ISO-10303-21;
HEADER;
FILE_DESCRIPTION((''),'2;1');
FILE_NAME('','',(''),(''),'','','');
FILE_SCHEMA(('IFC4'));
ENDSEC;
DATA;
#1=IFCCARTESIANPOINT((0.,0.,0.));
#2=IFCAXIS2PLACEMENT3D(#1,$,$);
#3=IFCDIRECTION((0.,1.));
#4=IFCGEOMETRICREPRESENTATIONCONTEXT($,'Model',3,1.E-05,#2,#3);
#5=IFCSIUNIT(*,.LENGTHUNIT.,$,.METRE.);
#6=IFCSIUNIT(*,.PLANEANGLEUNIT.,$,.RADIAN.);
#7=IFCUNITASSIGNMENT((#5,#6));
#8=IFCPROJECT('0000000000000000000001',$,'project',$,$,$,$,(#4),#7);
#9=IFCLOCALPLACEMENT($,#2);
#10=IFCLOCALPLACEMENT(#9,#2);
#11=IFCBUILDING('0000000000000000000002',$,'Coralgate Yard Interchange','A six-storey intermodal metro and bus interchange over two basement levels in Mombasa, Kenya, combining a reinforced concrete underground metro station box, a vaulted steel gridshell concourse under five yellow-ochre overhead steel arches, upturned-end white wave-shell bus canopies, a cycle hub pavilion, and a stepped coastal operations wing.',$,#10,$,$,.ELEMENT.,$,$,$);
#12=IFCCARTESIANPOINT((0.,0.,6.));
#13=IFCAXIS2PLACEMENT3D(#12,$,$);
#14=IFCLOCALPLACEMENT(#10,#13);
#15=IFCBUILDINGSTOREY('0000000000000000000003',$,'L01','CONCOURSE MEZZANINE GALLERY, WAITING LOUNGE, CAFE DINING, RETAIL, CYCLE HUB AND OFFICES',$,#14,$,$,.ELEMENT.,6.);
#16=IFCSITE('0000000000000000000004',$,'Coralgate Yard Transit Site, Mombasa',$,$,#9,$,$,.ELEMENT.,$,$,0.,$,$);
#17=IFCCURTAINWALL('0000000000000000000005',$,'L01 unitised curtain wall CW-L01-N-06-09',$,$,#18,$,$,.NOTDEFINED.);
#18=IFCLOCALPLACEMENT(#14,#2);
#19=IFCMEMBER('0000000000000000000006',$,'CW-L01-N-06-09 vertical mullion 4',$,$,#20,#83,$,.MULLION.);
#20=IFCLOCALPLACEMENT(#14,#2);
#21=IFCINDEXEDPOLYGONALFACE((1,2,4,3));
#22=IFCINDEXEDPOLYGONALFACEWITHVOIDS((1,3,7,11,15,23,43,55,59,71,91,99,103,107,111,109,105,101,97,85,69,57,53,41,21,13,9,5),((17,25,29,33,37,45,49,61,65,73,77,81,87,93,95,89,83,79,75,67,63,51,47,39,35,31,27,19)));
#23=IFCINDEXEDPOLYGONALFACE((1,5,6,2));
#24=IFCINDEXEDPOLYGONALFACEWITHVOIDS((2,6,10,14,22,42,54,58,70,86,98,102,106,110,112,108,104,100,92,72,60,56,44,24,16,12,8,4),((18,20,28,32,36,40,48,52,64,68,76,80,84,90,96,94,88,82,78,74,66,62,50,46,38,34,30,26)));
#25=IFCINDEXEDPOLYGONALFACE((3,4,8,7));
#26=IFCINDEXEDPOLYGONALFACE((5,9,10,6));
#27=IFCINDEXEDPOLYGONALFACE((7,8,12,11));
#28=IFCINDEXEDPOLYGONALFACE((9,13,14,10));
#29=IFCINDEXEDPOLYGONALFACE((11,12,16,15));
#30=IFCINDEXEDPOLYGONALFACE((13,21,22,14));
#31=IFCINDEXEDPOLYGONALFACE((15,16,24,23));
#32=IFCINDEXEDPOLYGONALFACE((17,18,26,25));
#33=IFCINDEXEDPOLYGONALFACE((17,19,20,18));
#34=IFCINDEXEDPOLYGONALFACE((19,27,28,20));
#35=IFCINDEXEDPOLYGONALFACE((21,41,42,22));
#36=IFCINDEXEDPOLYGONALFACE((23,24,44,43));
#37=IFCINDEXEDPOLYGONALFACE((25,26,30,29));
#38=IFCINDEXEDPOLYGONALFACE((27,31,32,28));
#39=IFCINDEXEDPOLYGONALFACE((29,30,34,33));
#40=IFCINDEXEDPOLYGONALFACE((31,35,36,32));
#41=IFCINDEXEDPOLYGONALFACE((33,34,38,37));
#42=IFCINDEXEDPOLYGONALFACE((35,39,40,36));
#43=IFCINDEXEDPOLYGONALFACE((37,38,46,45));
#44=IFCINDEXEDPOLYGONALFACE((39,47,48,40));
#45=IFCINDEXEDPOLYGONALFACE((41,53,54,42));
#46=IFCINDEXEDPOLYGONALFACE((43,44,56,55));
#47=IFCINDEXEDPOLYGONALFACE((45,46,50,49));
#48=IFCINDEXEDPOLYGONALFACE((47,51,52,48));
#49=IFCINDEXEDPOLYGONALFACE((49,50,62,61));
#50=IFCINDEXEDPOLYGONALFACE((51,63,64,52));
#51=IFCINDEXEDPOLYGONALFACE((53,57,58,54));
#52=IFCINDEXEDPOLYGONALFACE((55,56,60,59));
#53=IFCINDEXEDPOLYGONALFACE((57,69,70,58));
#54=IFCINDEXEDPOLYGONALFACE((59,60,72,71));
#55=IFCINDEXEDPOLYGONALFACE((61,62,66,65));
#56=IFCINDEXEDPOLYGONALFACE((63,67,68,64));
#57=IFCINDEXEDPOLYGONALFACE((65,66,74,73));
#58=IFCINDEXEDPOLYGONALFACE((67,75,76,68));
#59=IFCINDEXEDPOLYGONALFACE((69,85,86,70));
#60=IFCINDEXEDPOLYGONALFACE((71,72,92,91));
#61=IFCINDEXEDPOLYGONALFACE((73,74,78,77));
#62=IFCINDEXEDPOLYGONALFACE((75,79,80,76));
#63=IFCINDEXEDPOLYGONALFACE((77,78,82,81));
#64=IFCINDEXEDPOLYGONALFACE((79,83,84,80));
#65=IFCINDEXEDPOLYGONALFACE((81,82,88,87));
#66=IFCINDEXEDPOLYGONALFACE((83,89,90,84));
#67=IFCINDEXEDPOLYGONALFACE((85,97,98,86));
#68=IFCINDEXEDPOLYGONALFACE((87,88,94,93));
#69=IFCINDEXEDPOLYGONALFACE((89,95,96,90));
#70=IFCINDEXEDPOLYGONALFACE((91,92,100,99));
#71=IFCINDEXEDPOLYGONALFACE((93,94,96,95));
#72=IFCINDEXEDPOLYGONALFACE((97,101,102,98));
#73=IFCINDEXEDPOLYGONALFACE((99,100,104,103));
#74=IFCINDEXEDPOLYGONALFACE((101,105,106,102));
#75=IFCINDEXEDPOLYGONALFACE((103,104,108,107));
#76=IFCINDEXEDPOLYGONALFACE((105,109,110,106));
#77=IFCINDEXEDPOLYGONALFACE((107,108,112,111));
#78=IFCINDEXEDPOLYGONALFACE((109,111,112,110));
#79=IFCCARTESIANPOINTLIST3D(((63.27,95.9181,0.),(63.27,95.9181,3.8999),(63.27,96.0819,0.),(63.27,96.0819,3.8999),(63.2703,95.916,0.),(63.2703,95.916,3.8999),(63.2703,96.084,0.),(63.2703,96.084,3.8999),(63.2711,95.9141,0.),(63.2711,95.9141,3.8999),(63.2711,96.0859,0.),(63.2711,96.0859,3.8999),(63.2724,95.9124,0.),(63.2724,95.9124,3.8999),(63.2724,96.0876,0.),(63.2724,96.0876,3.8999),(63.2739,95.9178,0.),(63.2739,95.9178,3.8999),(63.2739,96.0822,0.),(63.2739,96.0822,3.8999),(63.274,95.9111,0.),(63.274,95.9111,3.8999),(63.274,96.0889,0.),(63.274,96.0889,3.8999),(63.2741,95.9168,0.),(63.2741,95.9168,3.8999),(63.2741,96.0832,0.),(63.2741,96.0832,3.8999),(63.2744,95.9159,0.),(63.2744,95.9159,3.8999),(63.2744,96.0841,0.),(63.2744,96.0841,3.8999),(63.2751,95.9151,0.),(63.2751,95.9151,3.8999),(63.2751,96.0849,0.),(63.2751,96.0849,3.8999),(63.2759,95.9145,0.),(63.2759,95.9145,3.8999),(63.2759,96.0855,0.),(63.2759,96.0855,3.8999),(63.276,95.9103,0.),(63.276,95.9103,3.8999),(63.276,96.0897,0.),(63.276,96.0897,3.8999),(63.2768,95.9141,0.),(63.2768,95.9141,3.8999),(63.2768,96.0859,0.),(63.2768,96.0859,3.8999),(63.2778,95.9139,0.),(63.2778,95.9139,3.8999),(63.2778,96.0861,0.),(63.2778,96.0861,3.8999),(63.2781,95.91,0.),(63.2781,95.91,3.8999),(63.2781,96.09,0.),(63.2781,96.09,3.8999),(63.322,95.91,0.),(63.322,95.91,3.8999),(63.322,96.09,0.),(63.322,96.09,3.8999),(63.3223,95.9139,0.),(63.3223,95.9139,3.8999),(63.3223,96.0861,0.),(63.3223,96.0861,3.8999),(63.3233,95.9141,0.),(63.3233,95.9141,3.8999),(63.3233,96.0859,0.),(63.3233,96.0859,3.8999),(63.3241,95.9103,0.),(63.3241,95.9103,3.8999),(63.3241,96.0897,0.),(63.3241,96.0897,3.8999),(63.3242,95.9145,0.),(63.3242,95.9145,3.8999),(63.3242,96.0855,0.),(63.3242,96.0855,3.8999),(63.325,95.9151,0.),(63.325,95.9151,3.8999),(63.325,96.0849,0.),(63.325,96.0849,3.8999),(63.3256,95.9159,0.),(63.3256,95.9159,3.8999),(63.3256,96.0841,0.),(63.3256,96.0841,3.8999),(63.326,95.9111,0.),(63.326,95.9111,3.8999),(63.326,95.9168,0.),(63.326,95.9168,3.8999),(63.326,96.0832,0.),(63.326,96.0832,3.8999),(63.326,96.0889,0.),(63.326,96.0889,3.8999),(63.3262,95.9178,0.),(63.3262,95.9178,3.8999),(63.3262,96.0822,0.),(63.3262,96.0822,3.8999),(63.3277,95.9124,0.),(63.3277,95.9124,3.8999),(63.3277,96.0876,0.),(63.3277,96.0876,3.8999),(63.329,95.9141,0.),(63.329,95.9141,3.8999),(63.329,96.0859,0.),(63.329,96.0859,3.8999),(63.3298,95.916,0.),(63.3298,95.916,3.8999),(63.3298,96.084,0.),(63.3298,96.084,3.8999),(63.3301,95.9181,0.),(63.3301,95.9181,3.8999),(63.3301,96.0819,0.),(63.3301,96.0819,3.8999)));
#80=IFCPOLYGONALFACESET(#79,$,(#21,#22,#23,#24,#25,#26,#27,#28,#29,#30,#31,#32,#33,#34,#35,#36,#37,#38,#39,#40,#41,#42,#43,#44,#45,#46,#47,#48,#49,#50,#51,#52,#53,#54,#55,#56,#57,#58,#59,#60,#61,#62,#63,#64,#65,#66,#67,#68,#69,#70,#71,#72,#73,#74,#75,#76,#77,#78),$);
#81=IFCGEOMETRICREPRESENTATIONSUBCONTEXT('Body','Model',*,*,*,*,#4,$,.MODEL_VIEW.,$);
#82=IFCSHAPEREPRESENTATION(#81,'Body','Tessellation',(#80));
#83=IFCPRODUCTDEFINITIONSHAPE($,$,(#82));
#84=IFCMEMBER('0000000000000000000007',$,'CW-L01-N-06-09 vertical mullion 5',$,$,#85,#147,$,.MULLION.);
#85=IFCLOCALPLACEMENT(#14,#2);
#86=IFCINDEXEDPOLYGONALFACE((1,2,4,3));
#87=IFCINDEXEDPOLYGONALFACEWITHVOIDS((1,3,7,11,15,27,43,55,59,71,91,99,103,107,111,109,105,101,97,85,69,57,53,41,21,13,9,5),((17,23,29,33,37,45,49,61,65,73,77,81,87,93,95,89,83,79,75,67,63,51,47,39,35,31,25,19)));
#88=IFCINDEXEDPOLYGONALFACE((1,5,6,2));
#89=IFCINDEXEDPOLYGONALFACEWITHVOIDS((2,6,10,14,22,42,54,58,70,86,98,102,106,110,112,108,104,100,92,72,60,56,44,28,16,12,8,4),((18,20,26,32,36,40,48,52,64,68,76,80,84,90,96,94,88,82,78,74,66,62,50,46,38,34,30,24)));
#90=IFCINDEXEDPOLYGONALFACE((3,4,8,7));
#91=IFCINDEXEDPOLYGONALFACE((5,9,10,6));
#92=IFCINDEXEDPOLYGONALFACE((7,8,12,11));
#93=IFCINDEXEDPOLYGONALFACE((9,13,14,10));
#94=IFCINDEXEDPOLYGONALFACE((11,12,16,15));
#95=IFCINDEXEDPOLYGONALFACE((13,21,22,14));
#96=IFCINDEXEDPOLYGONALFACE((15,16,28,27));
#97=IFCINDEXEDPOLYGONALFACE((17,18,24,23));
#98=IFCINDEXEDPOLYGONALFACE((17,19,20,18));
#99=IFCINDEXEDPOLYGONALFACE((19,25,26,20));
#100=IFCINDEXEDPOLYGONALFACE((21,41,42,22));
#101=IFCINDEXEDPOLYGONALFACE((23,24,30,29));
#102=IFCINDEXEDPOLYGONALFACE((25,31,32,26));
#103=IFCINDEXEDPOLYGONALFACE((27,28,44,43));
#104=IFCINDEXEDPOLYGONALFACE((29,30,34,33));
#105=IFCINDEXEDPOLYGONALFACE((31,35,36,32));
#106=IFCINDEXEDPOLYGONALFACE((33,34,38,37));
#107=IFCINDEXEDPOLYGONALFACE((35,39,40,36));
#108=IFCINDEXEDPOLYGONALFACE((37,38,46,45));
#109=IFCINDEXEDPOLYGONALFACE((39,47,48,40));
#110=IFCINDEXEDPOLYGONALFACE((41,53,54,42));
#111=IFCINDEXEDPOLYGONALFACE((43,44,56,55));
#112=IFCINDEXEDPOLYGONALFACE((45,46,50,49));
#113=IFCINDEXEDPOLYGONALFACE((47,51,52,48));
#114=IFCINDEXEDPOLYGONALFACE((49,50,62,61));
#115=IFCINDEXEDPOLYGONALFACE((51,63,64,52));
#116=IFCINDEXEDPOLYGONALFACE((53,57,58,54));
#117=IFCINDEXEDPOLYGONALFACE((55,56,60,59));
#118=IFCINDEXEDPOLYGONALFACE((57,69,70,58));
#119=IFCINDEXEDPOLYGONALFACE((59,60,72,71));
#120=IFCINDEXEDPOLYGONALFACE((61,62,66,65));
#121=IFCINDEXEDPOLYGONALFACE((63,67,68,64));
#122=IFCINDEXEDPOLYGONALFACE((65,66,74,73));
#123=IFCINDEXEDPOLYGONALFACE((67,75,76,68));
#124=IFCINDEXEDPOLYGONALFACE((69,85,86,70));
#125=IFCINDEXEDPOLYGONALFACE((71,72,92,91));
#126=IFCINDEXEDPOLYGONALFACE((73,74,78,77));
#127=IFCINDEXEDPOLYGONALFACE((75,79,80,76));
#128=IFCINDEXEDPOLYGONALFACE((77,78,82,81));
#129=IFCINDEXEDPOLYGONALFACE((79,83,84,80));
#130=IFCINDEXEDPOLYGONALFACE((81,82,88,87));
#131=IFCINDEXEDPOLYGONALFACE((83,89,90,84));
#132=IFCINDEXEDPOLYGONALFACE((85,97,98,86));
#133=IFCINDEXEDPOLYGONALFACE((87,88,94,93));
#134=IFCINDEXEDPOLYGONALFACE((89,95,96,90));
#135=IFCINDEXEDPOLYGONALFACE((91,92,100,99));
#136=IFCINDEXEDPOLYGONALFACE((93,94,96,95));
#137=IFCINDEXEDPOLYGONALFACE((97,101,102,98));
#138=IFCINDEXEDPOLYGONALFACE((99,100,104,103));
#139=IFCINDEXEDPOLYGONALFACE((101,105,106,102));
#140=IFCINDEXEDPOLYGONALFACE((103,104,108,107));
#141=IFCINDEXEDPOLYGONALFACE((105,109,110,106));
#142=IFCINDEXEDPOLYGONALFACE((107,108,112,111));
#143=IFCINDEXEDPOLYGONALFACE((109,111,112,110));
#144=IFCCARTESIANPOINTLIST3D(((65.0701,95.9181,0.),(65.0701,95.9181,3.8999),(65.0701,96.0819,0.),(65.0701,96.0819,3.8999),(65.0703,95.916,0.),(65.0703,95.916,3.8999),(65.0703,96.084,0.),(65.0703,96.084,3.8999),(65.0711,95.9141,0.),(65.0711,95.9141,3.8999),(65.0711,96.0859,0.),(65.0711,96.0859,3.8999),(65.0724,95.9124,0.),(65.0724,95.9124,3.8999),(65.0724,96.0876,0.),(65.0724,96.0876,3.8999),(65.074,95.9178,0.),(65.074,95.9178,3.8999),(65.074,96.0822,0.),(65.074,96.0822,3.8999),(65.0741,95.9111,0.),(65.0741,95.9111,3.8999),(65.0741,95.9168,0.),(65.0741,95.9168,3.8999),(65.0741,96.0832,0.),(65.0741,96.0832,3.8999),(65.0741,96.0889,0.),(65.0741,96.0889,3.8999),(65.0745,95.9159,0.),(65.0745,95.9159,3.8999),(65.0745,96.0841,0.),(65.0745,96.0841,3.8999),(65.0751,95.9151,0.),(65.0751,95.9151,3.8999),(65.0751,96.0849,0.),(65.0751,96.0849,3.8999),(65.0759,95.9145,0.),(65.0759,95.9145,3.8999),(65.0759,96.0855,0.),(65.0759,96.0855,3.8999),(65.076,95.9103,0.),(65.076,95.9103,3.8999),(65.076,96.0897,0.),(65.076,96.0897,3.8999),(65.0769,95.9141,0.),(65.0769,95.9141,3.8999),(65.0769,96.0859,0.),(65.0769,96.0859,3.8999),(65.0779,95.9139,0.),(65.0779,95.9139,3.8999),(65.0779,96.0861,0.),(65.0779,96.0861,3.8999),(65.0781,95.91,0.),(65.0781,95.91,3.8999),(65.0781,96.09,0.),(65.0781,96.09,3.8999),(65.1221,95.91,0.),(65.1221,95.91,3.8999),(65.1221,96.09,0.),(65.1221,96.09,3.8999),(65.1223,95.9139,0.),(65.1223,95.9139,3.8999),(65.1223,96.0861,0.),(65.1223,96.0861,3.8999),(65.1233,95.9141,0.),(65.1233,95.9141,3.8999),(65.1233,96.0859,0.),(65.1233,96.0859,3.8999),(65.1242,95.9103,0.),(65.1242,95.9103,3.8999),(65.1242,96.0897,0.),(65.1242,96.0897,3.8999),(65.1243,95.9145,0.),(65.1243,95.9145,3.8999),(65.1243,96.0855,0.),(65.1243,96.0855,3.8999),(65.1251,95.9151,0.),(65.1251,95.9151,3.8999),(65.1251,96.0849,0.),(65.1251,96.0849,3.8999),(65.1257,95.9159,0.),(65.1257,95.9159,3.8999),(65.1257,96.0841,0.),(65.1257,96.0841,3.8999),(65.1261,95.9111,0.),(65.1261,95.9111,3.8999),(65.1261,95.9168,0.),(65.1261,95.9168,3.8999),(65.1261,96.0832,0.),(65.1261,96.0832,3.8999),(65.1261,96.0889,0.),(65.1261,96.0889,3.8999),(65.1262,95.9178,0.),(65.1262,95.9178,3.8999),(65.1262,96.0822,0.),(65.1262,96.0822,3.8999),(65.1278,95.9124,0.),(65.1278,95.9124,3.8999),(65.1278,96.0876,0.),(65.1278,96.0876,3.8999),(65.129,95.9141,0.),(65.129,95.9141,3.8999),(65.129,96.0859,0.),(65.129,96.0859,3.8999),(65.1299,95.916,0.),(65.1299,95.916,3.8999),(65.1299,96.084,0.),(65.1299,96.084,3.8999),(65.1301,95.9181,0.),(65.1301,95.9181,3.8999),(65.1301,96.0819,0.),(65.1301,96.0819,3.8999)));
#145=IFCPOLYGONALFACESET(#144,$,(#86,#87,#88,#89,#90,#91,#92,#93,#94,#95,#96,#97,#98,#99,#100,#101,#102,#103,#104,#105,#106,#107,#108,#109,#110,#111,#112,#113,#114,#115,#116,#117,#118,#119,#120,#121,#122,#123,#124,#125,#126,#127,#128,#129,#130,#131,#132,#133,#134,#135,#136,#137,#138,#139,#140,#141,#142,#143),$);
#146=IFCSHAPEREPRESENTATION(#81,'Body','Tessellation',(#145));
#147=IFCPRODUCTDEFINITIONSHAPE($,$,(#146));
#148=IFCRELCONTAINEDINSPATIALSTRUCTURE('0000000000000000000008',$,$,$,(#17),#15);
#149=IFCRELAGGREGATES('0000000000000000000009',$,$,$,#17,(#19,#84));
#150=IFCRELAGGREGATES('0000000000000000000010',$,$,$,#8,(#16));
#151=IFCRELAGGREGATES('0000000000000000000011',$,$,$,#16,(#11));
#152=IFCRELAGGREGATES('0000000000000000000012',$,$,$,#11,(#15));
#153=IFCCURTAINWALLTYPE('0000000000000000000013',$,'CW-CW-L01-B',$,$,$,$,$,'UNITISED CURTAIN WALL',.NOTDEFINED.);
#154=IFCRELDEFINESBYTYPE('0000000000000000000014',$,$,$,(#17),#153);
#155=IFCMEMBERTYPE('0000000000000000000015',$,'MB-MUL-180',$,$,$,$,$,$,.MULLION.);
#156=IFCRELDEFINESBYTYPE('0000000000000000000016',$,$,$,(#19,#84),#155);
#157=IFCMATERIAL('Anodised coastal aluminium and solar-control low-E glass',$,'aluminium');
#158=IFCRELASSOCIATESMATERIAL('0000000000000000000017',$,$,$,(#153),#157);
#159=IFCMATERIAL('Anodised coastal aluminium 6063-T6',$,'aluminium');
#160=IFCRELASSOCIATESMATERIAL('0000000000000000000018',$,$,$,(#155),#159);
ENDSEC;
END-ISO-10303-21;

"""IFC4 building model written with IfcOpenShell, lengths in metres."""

from ifc_helpers import new_model, si_unit, direction, frame, origin, origin_2d, place, context, subcontext, project, spatial, hollow_rectangle, extrude, material, material_profile, profile_set, type_object, element, aggregate, save


model = new_model("IFC4")

# Units and contexts
model_context = context("Model", 3, precision=1e-05, world=origin(), true_north=direction((0.0, 1.0)))
body_context = subcontext(model_context, "Body", "Model", "MODEL_VIEW")
ifc_project = project(units=[si_unit("LENGTHUNIT", "METRE"), si_unit("PLANEANGLEUNIT", "RADIAN")], contexts=[model_context])

# Site, building, storey
site_placement = place(None, origin())
site = spatial("IfcSite", under=ifc_project, at=site_placement, Name="Coralgate Yard Transit Site, Mombasa", CompositionType="ELEMENT", RefElevation=0.0)
building_placement = place(site_placement, origin())
building = spatial("IfcBuilding", under=site, at=building_placement, Name="Coralgate Yard Interchange", Description="A six-storey intermodal metro and bus interchange over two basement levels in Mombasa, Kenya, combining a reinforced concrete underground metro station box, a vaulted steel gridshell concourse under five yellow-ochre overhead steel arches, upturned-end white wave-shell bus canopies, a cycle hub pavilion, and a stepped coastal operations wing.", CompositionType="ELEMENT")
storey_placement = place(building_placement, frame((0.0, 0.0, 6.0)))
storey = spatial("IfcBuildingStorey", under=building, at=storey_placement, Name="L01", Description="CONCOURSE MEZZANINE GALLERY, WAITING LOUNGE, CAFE DINING, RETAIL, CYCLE HUB AND OFFICES", CompositionType="ELEMENT", Elevation=6.0)

# Curtain wall, members
ifc_material_1 = material(Name="Anodised coastal aluminium and solar-control low-E glass", Category="aluminium")
curtain_wall_type = type_object("IfcCurtainWallType", Name="CW-CW-L01-B", ElementType="UNITISED CURTAIN WALL", PredefinedType="NOTDEFINED", material=ifc_material_1)
curtain_wall_1_placement = place(storey_placement, origin())
curtain_wall_1 = element("IfcCurtainWall", 1, at=curtain_wall_1_placement, inside=storey, type_object=curtain_wall_type, Name="L01 unitised curtain wall CW-L01-N-06-09", PredefinedType="NOTDEFINED")
ifc_material_2 = material(Name="Anodised coastal aluminium 6063-T6", Category="aluminium")
ifc_material_profile_1 = material_profile(ifc_material_2, hollow_rectangle(XDim=0.0601, YDim=0.1799, WallThickness=0.0039, InnerFilletRadius=0.0039, OuterFilletRadius=0.0081, at=origin_2d()), Name="ALU 60x180x4")
ifc_profile_set_1 = profile_set([ifc_material_profile_1], Name="Anodised coastal aluminium 6063-T6")
member_type_1 = type_object("IfcMemberType", Name="MB-MUL-180", PredefinedType="MULLION", material=ifc_profile_set_1)
member_1_placement = place(storey_placement, frame((63.3, 96.0, 0.0), z_axis=(0.0, 0.0, 1.0), x_axis=(1.0, 0.0, 0.0)))
member_1 = element("IfcMember", 2, at=member_1_placement, type_object=member_type_1, Name="CW-L01-N-06-09 vertical mullion 4", PredefinedType="MULLION", context=body_context, shape_type="SweptSolid", body=[
    extrude(hollow_rectangle(XDim=0.0601, YDim=0.1799, WallThickness=0.0039, InnerFilletRadius=0.0039, OuterFilletRadius=0.0081, at=origin_2d()), origin(), (0.0, 0.0, 1.0), 3.8999),
])
member_2_placement = place(storey_placement, frame((65.1001, 96.0, 0.0), z_axis=(0.0, 0.0, 1.0), x_axis=(1.0, 0.0, 0.0)))
member_2 = element("IfcMember", 3, at=member_2_placement, type_object=member_type_1, Name="CW-L01-N-06-09 vertical mullion 5", PredefinedType="MULLION", context=body_context, shape_type="SweptSolid", body=[
    extrude(hollow_rectangle(XDim=0.0601, YDim=0.1799, WallThickness=0.0039, InnerFilletRadius=0.0039, OuterFilletRadius=0.0081, at=origin_2d()), origin(), (0.0, 0.0, 1.0), 3.8999),
])

aggregate(curtain_wall_1, [member_1, member_2])

save(model, "model.ifc")
